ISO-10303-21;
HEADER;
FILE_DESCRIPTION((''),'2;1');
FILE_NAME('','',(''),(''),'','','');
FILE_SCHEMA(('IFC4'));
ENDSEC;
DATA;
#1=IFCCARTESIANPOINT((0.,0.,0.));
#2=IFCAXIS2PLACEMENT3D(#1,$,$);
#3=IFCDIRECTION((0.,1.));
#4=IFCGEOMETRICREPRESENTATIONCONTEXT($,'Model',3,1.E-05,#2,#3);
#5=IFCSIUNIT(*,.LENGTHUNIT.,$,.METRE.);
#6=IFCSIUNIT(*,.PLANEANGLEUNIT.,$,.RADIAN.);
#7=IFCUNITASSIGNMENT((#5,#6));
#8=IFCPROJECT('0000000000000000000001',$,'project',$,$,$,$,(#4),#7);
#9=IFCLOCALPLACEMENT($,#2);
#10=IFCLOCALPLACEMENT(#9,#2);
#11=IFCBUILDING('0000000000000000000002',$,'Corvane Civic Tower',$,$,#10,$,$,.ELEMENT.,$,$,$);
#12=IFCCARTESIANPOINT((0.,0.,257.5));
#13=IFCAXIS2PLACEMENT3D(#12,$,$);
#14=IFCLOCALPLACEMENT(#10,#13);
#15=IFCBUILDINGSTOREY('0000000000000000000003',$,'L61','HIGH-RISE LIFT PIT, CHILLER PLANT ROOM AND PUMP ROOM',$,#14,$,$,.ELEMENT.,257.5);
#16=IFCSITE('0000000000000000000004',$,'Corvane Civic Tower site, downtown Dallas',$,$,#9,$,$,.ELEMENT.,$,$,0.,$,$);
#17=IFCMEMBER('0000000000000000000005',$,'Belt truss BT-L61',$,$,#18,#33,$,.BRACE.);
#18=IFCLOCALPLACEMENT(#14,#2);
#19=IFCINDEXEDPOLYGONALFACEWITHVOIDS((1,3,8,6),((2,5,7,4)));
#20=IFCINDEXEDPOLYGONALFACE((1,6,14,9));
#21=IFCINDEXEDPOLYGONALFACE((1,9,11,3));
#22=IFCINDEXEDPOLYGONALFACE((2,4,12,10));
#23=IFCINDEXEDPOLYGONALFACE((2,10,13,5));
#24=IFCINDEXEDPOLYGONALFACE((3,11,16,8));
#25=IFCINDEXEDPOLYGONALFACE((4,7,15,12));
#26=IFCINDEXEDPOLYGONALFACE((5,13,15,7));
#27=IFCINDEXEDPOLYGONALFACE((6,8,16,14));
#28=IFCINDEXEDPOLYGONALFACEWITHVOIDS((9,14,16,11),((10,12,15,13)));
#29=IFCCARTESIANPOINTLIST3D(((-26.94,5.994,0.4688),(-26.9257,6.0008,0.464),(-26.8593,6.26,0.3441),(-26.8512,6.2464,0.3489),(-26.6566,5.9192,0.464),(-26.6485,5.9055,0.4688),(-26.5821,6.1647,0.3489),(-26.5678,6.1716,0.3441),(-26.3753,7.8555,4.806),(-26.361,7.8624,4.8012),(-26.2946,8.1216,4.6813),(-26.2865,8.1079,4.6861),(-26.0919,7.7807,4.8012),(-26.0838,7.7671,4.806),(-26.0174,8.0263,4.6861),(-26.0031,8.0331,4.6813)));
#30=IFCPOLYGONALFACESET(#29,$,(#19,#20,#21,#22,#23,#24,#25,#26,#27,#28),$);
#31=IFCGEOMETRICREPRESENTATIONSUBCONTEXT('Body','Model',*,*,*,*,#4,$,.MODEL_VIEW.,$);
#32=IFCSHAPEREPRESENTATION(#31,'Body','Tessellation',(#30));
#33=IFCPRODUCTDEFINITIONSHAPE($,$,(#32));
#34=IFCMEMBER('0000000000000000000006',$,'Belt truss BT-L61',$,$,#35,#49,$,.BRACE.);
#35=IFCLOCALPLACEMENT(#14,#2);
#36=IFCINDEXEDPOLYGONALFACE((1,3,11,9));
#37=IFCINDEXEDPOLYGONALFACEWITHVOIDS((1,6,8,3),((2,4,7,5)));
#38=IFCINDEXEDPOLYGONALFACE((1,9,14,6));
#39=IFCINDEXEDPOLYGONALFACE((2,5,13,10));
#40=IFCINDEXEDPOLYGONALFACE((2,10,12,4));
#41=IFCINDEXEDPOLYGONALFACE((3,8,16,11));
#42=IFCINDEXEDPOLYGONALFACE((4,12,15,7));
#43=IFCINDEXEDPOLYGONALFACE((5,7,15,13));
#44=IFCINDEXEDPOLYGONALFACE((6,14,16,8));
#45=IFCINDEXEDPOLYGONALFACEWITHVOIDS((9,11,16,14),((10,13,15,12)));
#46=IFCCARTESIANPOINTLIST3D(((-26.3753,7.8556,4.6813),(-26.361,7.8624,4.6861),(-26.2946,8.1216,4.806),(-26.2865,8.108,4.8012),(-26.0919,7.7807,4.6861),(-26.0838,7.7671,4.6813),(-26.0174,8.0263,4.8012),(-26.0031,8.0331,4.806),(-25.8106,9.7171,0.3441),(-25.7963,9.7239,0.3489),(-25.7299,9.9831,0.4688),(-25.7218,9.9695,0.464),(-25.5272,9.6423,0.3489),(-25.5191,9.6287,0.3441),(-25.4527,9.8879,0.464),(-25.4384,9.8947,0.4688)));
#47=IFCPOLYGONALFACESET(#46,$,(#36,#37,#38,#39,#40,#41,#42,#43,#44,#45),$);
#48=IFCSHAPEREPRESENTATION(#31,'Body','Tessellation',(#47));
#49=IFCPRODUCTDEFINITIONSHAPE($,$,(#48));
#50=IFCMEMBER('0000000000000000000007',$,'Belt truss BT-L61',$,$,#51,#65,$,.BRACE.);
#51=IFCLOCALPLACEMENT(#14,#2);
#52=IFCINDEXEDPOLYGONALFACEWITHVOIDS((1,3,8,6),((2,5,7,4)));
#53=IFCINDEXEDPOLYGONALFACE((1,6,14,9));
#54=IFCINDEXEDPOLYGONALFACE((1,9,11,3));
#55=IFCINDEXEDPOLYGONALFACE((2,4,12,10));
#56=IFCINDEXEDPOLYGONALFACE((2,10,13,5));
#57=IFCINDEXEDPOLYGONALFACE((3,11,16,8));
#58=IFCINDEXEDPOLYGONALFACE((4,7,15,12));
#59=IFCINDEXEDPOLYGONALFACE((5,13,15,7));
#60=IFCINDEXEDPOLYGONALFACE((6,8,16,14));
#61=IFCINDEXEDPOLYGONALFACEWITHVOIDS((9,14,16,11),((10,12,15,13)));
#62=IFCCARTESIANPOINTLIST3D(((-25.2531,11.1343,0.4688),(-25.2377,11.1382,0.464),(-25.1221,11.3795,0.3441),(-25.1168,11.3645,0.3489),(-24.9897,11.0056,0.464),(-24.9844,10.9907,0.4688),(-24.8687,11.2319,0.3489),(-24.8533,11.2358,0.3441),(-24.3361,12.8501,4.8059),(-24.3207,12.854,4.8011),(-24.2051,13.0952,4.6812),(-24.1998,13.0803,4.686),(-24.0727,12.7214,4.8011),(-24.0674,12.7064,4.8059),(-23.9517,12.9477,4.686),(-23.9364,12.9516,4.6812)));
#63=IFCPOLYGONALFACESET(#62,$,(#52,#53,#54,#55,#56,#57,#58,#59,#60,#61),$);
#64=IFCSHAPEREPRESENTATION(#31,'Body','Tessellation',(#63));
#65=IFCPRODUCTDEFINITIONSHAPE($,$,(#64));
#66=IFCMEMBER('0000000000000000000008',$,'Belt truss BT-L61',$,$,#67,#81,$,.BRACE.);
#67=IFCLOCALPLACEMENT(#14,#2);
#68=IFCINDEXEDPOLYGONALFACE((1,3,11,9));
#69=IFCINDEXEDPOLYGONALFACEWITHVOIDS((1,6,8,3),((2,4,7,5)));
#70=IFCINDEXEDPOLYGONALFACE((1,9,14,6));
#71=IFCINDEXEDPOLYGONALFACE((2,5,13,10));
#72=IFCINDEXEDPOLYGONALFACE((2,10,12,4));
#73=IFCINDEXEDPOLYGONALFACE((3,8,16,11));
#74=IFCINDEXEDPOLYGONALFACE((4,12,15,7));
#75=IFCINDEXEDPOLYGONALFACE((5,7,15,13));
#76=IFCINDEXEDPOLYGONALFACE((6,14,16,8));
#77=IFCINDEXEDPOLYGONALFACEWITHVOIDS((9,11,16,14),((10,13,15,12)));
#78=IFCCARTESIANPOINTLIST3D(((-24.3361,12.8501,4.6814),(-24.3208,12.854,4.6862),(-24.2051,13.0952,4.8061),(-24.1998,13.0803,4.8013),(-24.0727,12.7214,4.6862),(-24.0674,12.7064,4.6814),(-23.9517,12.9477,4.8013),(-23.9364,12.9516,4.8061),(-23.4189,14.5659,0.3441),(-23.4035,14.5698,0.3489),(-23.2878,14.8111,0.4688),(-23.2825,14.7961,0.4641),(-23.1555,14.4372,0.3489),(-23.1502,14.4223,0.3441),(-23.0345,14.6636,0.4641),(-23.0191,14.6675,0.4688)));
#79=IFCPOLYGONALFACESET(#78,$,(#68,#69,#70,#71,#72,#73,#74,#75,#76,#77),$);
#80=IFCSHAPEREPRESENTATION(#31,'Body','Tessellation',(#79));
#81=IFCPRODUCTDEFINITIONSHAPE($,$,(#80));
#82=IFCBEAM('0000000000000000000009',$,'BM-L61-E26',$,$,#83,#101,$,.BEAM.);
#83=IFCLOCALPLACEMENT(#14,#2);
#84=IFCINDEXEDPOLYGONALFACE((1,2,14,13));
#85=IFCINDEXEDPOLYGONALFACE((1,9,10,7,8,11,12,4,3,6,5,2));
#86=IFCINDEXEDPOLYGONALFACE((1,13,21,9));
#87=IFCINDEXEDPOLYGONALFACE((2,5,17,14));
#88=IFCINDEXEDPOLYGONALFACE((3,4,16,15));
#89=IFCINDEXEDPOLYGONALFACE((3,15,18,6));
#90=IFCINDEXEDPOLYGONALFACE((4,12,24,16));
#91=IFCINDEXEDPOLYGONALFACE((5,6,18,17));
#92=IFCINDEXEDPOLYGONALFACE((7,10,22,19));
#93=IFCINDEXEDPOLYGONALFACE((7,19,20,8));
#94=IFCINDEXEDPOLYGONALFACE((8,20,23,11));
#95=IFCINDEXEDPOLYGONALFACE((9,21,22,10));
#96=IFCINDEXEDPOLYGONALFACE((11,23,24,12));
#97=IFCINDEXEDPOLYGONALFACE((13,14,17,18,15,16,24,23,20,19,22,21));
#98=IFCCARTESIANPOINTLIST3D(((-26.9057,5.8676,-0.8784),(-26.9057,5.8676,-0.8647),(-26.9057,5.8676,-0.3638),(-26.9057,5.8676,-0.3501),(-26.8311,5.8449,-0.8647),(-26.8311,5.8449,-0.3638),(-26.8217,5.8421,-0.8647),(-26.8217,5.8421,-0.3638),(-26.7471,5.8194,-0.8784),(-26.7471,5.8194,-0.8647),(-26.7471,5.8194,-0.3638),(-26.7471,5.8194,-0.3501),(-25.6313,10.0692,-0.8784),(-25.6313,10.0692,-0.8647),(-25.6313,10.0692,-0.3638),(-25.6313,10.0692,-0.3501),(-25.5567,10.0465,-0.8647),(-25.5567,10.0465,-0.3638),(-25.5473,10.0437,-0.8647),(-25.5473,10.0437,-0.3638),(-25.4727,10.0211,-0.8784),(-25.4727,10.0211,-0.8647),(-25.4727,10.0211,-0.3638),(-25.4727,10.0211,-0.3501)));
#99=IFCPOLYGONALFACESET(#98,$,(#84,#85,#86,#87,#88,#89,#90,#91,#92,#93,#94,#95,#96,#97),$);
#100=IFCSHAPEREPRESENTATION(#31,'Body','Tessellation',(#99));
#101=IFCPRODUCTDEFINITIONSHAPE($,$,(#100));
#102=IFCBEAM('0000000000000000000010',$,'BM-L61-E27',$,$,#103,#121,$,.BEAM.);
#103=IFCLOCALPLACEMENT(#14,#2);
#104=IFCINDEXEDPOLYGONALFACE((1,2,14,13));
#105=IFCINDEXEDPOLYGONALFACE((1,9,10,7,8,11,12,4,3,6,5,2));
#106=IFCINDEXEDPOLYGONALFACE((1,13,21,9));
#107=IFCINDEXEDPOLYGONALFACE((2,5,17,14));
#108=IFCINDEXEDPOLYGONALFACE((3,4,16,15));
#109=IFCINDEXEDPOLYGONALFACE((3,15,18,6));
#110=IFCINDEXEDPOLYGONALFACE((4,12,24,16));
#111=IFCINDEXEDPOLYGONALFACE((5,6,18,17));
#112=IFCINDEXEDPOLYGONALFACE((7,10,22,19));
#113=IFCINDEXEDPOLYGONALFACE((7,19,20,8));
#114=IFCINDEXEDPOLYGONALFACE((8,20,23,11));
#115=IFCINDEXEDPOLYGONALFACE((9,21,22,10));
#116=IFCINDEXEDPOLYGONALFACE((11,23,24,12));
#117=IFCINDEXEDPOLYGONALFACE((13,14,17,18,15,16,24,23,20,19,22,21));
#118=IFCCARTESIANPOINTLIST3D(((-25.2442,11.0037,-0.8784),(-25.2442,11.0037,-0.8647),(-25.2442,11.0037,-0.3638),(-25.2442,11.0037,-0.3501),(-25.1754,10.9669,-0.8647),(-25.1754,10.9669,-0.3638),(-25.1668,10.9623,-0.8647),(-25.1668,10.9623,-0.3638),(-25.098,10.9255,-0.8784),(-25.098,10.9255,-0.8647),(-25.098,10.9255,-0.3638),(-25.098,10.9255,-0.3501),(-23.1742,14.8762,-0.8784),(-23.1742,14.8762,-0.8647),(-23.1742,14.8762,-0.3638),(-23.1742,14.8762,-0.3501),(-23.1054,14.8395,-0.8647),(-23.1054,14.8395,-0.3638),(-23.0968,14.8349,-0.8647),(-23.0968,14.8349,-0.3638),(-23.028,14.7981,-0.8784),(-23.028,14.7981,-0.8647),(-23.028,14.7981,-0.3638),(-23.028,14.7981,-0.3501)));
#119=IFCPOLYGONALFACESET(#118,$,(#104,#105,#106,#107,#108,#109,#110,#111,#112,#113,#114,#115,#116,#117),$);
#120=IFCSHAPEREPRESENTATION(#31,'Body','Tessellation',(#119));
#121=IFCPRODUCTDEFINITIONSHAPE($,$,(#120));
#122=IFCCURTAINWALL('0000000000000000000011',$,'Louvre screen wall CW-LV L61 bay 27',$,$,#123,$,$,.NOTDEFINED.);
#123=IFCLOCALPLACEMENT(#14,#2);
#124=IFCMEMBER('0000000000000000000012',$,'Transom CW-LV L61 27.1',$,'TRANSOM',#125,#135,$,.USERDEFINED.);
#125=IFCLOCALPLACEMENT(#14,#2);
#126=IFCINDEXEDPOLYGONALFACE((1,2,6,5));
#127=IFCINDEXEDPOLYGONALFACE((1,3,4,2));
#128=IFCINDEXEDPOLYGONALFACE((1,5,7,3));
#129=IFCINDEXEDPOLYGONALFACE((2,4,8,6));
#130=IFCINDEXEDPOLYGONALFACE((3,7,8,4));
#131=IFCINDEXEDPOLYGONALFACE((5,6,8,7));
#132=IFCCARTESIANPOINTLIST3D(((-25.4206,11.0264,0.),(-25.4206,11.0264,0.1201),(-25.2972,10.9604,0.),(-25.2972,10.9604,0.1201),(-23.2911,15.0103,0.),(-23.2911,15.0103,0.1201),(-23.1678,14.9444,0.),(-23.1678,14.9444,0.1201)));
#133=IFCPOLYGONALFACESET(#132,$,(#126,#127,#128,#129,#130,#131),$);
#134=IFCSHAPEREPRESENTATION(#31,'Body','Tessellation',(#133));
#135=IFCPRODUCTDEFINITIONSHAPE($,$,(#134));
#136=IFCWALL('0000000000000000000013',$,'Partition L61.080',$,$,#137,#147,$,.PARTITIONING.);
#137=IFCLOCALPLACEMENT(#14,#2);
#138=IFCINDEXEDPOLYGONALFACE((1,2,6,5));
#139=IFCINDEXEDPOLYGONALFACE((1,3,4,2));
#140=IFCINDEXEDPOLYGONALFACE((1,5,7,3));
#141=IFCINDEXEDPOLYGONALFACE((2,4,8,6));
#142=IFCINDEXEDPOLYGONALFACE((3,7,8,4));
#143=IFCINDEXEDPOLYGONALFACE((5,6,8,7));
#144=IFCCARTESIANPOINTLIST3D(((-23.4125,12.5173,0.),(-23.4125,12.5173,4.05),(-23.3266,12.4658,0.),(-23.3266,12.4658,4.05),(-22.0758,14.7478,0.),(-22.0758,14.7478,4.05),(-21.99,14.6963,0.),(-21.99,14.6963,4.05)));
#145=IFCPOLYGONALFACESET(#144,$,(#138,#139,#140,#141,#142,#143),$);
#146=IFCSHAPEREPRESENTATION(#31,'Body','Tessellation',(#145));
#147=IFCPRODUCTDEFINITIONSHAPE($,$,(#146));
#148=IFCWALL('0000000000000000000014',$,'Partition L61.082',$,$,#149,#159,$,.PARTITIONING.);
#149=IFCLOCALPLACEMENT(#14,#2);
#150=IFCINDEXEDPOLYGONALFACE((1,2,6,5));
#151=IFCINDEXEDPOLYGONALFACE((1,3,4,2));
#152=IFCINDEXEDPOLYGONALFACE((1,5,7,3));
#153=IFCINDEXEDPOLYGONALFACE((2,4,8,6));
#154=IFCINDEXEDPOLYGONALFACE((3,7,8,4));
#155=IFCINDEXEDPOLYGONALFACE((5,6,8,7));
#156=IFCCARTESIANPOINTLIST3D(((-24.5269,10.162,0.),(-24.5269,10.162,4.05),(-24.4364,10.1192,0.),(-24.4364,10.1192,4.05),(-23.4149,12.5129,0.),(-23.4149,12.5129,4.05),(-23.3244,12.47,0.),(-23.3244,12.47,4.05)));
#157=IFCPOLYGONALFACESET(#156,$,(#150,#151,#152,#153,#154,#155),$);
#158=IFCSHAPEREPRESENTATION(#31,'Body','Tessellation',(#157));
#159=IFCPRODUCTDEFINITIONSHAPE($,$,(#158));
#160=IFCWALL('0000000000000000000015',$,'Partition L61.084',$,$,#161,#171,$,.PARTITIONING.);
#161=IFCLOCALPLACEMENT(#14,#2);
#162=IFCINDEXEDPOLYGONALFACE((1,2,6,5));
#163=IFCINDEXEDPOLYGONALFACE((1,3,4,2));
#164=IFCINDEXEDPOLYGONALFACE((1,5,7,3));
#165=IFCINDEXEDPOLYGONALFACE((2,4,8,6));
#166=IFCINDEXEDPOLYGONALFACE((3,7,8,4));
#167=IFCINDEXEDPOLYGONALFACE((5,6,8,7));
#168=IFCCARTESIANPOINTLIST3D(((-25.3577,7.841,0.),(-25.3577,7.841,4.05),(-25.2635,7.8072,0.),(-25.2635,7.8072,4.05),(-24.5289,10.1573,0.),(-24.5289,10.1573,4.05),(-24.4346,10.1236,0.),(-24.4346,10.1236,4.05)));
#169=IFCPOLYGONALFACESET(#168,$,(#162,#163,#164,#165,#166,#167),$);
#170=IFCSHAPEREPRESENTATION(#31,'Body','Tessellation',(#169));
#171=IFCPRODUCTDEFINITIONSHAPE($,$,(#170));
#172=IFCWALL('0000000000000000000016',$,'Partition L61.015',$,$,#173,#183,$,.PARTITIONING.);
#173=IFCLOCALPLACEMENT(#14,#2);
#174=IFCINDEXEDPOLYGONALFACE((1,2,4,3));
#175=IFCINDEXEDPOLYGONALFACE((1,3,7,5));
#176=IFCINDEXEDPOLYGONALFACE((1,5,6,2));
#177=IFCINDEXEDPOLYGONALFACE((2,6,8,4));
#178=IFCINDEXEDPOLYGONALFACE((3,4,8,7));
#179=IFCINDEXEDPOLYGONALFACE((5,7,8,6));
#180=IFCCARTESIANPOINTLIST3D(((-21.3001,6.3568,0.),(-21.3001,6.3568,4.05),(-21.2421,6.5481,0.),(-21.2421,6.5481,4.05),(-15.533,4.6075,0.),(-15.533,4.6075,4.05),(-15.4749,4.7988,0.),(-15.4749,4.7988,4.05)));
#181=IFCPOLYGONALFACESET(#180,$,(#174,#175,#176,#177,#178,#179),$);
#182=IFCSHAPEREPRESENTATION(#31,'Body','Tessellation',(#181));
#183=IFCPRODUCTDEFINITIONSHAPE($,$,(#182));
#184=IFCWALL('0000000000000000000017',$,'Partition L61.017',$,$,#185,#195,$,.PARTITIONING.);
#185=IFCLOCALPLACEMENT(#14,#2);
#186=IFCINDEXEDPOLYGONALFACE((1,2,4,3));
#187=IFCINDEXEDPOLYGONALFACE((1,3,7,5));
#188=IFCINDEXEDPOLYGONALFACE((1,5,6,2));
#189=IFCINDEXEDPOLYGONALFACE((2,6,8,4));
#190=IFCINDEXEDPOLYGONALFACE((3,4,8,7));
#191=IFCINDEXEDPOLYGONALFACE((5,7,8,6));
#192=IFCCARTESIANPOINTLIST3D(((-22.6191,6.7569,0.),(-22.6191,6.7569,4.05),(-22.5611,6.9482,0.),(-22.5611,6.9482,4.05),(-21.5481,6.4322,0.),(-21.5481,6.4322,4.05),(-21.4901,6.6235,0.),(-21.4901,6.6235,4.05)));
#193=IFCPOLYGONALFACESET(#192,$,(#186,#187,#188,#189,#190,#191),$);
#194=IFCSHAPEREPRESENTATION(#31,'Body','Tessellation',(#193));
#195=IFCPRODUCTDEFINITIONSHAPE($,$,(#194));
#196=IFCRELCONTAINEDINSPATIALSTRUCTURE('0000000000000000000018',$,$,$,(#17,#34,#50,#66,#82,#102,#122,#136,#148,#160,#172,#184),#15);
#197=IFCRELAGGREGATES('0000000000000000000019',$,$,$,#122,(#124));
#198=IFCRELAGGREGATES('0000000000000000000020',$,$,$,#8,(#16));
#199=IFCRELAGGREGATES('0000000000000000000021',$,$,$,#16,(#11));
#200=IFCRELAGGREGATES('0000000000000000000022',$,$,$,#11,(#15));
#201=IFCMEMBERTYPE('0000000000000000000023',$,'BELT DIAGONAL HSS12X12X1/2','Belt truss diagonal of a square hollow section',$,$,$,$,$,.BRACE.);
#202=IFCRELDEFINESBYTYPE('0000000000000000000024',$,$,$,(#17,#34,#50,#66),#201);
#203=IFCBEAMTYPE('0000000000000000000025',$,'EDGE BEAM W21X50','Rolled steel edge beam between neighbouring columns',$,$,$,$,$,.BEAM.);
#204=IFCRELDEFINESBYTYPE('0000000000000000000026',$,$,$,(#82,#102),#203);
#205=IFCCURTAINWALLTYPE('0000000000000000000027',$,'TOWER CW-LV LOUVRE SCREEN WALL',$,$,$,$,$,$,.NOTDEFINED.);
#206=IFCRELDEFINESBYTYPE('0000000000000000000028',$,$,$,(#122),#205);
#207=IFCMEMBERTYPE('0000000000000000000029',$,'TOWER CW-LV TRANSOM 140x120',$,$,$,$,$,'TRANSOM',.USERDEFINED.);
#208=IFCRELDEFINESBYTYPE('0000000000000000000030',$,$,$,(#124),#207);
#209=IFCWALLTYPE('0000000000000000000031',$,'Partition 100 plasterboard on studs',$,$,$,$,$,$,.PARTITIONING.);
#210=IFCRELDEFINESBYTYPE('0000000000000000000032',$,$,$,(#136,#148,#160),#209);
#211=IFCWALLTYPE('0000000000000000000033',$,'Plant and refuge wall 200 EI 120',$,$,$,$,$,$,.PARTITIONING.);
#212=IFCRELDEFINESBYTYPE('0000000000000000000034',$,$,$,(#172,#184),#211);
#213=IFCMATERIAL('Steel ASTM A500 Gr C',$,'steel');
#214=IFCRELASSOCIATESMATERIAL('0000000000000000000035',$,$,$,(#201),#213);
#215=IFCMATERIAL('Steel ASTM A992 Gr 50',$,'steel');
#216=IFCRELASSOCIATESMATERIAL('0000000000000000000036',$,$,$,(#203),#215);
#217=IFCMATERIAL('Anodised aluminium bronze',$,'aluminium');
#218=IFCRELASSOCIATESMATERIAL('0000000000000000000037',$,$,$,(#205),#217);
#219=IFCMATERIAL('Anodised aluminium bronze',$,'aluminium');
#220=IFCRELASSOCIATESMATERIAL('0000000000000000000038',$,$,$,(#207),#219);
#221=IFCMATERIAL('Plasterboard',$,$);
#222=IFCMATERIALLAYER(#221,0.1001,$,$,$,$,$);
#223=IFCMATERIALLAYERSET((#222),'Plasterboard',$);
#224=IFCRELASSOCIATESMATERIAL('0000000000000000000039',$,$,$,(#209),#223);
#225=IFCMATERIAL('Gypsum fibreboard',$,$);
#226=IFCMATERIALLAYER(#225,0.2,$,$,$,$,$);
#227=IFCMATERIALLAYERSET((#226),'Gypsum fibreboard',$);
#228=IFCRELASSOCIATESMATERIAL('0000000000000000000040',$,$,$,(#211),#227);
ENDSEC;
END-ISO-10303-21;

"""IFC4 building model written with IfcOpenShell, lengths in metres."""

from ifc_helpers import new_model, si_unit, direction, frame, frame_2d, origin, origin_2d, place, context, subcontext, project, spatial, rectangle, hollow_rectangle, i_section, extrude, material, layer, layer_set, material_profile, profile_set, type_object, element, aggregate, save


model = new_model("IFC4")

# Units and contexts
model_context = context("Model", 3, precision=1e-05, world=origin(), true_north=direction((0.0, 1.0)))
body_context = subcontext(model_context, "Body", "Model", "MODEL_VIEW")
ifc_project = project(units=[si_unit("LENGTHUNIT", "METRE"), si_unit("PLANEANGLEUNIT", "RADIAN")], contexts=[model_context])

# Site, building, storey
site_placement = place(None, origin())
site = spatial("IfcSite", under=ifc_project, at=site_placement, Name="Corvane Civic Tower site, downtown Dallas", CompositionType="ELEMENT", RefElevation=0.0)
building_placement = place(site_placement, origin())
building = spatial("IfcBuilding", under=site, at=building_placement, Name="Corvane Civic Tower", CompositionType="ELEMENT")
storey_placement = place(building_placement, frame((0.0, 0.0, 257.5)))
storey = spatial("IfcBuildingStorey", under=building, at=storey_placement, Name="L61", Description="HIGH-RISE LIFT PIT, CHILLER PLANT ROOM AND PUMP ROOM", CompositionType="ELEMENT", Elevation=257.5)

# Members
ifc_material_1 = material(Name="Steel ASTM A500 Gr C", Category="steel")
ifc_material_profile_1 = material_profile(ifc_material_1, hollow_rectangle(XDim=0.3047, YDim=0.3047, WallThickness=0.0117, at=origin_2d()), Name="HSS12X12X1/2")
ifc_profile_set_1 = profile_set([ifc_material_profile_1], Name="Steel ASTM A500 Gr C")
member_type_1 = type_object("IfcMemberType", Name="BELT DIAGONAL HSS12X12X1/2", Description="Belt truss diagonal of a square hollow section", PredefinedType="BRACE", material=ifc_profile_set_1)
for number, where, z_axis, x_axis, name in (
    (1, (-26.7539, 6.0828, 0.4065), (0.118797, 0.391626, 0.912423), (-0.956941, 0.290283, 0.0), "Belt truss BT-L61"),
    (2, (-25.6245, 9.8059, 0.4065), (-0.118797, -0.391626, 0.912423), (0.956941, -0.290283, 0.0), "Belt truss BT-L61"),
    (3, (-25.0532, 11.1851, 0.4065), (0.192908, 0.360959, 0.912412), (-0.88195, 0.471344, 0.0), "Belt truss BT-L61"),
):
    element("IfcMember", number, at=place(storey_placement, frame(where, z_axis=z_axis, x_axis=x_axis)), inside=storey, type_object=member_type_1, Name=name, PredefinedType="BRACE", context=body_context, shape_type="SweptSolid", body=[
        extrude(hollow_rectangle(XDim=0.3047, YDim=0.3047, WallThickness=0.0117, at=origin_2d()), origin(), (0.0, 0.0, 1.0), 4.7534),
    ])
member_1_placement = place(storey_placement, frame((-23.219, 14.6167, 0.4065), z_axis=(-0.192958, -0.360955, 0.912403), x_axis=(0.881897, -0.471441, 0.0)))
element("IfcMember", 4, at=member_1_placement, inside=storey, type_object=member_type_1, Name="Belt truss BT-L61", PredefinedType="BRACE", context=body_context, shape_type="SweptSolid", body=[
    extrude(hollow_rectangle(XDim=0.3047, YDim=0.3047, WallThickness=0.0117, at=origin_2d()), origin(), (0.0, 0.0, 1.0), 4.7537),
])

# Beams
ifc_material_2 = material(Name="Steel ASTM A992 Gr 50", Category="steel")
ifc_material_profile_2 = material_profile(ifc_material_2, i_section(OverallWidth=0.1658, OverallDepth=0.5283, WebThickness=0.0098, FlangeThickness=0.0137, at=origin_2d()), Name="W21X50")
ifc_profile_set_2 = profile_set([ifc_material_profile_2], Name="Steel ASTM A992 Gr 50")
beam_type = type_object("IfcBeamType", Name="EDGE BEAM W21X50", Description="Rolled steel edge beam between neighbouring columns", PredefinedType="BEAM", material=ifc_profile_set_2)
beam_1_placement = place(storey_placement, frame((-26.8264, 5.8435, -0.6143), z_axis=(0.290254, 0.95695, 0.0), x_axis=(-0.95695, 0.290254, 0.0)))
element("IfcBeam", 5, at=beam_1_placement, inside=storey, type_object=beam_type, Name="BM-L61-E26", PredefinedType="BEAM", context=body_context, shape_type="SweptSolid", body=[
    extrude(i_section(OverallWidth=0.1658, OverallDepth=0.5283, WebThickness=0.0098, FlangeThickness=0.0137, at=origin_2d()), origin(), (0.0, 0.0, 1.0), 4.3906),
])
beam_2_placement = place(storey_placement, frame((-25.1711, 10.9646, -0.6143), z_axis=(0.471422, 0.881908, 0.0), x_axis=(-0.881908, 0.471422, 0.0)))
element("IfcBeam", 6, at=beam_2_placement, inside=storey, type_object=beam_type, Name="BM-L61-E27", PredefinedType="BEAM", context=body_context, shape_type="SweptSolid", body=[
    extrude(i_section(OverallWidth=0.1658, OverallDepth=0.5283, WebThickness=0.0098, FlangeThickness=0.0137, at=origin_2d()), origin(), (0.0, 0.0, 1.0), 4.3911),
])

# Curtain wall, member
ifc_material_3 = material(Name="Anodised aluminium bronze", Category="aluminium")
curtain_wall_type = type_object("IfcCurtainWallType", Name="TOWER CW-LV LOUVRE SCREEN WALL", PredefinedType="NOTDEFINED", material=ifc_material_3)
curtain_wall_placement = place(storey_placement, origin())
curtain_wall = element("IfcCurtainWall", 7, at=curtain_wall_placement, inside=storey, type_object=curtain_wall_type, Name="Louvre screen wall CW-LV L61 bay 27", PredefinedType="NOTDEFINED")
ifc_material_4 = material(Name="Anodised aluminium bronze", Category="aluminium")
ifc_material_profile_3 = material_profile(ifc_material_4, rectangle(XDim=0.1399, YDim=0.1201, at=origin_2d()), Name="TOWER CW-LV TRANSOM 140x120")
ifc_profile_set_3 = profile_set([ifc_material_profile_3], Name="Anodised aluminium bronze")
member_type_2 = type_object("IfcMemberType", Name="TOWER CW-LV TRANSOM 140x120", ElementType="TRANSOM", PredefinedType="USERDEFINED", material=ifc_profile_set_3)
member_2_placement = place(storey_placement, frame((-25.3589, 10.9934, 0.0601), z_axis=(0.47139, 0.881925, 0.0), x_axis=(-0.881925, 0.47139, 0.0)))
member_2 = element("IfcMember", 8, at=member_2_placement, type_object=member_type_2, Name="Transom CW-LV L61 27.1", ObjectType="TRANSOM", PredefinedType="USERDEFINED", context=body_context, shape_type="SweptSolid", body=[
    extrude(rectangle(XDim=0.1399, YDim=0.1201, at=origin_2d()), origin(), (0.0, 0.0, 1.0), 4.5173),
])

# Walls
ifc_material_5 = material(Name="Plasterboard")
ifc_layer_1 = layer(ifc_material_5, 0.1001)
ifc_layer_set_1 = layer_set([ifc_layer_1], Name="Plasterboard")
wall_type_1 = type_object("IfcWallType", Name="Partition 100 plasterboard on studs", PredefinedType="PARTITIONING", material=ifc_layer_set_1)
wall_1_placement = place(storey_placement, frame((-23.3696, 12.4915, 0.0), z_axis=(0.0, 0.0, 1.0), x_axis=(0.51404, 0.857766, 0.0)))
element("IfcWall", 9, at=wall_1_placement, inside=storey, type_object=wall_type_1, Name="Partition L61.080", PredefinedType="PARTITIONING", context=body_context, shape_type="SweptSolid", body=[
    extrude(rectangle(XDim=2.6003, YDim=0.1001, at=frame_2d((1.3003, 0.0))), origin(), (0.0, 0.0, 1.0), 4.05),
])
wall_2_placement = place(storey_placement, frame((-24.4817, 10.1406, 0.0), z_axis=(0.0, 0.0, 1.0), x_axis=(0.427618, 0.903959, 0.0)))
element("IfcWall", 10, at=wall_2_placement, inside=storey, type_object=wall_type_1, Name="Partition L61.082", PredefinedType="PARTITIONING", context=body_context, shape_type="SweptSolid", body=[
    extrude(rectangle(XDim=2.6006, YDim=0.1001, at=frame_2d((1.3003, 0.0))), origin(), (0.0, 0.0, 1.0), 4.05),
])
wall_3_placement = place(storey_placement, frame((-25.3105, 7.8242, 0.0), z_axis=(0.0, 0.0, 1.0), x_axis=(0.336902, 0.94154, 0.0)))
element("IfcWall", 11, at=wall_3_placement, inside=storey, type_object=wall_type_1, Name="Partition L61.084", PredefinedType="PARTITIONING", context=body_context, shape_type="SweptSolid", body=[
    extrude(rectangle(XDim=2.4602, YDim=0.1001, at=frame_2d((1.23, 0.0))), origin(), (0.0, 0.0, 1.0), 4.05),
])
ifc_material_6 = material(Name="Gypsum fibreboard")
ifc_layer_2 = layer(ifc_material_6, 0.2)
ifc_layer_set_2 = layer_set([ifc_layer_2], Name="Gypsum fibreboard")
wall_type_2 = type_object("IfcWallType", Name="Plant and refuge wall 200 EI 120", PredefinedType="PARTITIONING", material=ifc_layer_set_2)
wall_4_placement = place(storey_placement, frame((-21.271, 6.4524, 0.0), z_axis=(0.0, 0.0, 1.0), x_axis=(0.956948, -0.29026, 0.0)))
element("IfcWall", 12, at=wall_4_placement, inside=storey, type_object=wall_type_2, Name="Partition L61.015", PredefinedType="PARTITIONING", context=body_context, shape_type="SweptSolid", body=[
    extrude(rectangle(XDim=6.0266, YDim=0.2, at=frame_2d((3.0132, 0.0))), origin(), (0.0, 0.0, 1.0), 4.05),
])
wall_5_placement = place(storey_placement, frame((-22.5901, 6.8525, 0.0), z_axis=(0.0, 0.0, 1.0), x_axis=(0.956988, -0.290128, 0.0)))
element("IfcWall", 13, at=wall_5_placement, inside=storey, type_object=wall_type_2, Name="Partition L61.017", PredefinedType="PARTITIONING", context=body_context, shape_type="SweptSolid", body=[
    extrude(rectangle(XDim=1.1191, YDim=0.2, at=frame_2d((0.5596, 0.0))), origin(), (0.0, 0.0, 1.0), 4.05),
])

aggregate(curtain_wall, [member_2])

save(model, "model.ifc")
